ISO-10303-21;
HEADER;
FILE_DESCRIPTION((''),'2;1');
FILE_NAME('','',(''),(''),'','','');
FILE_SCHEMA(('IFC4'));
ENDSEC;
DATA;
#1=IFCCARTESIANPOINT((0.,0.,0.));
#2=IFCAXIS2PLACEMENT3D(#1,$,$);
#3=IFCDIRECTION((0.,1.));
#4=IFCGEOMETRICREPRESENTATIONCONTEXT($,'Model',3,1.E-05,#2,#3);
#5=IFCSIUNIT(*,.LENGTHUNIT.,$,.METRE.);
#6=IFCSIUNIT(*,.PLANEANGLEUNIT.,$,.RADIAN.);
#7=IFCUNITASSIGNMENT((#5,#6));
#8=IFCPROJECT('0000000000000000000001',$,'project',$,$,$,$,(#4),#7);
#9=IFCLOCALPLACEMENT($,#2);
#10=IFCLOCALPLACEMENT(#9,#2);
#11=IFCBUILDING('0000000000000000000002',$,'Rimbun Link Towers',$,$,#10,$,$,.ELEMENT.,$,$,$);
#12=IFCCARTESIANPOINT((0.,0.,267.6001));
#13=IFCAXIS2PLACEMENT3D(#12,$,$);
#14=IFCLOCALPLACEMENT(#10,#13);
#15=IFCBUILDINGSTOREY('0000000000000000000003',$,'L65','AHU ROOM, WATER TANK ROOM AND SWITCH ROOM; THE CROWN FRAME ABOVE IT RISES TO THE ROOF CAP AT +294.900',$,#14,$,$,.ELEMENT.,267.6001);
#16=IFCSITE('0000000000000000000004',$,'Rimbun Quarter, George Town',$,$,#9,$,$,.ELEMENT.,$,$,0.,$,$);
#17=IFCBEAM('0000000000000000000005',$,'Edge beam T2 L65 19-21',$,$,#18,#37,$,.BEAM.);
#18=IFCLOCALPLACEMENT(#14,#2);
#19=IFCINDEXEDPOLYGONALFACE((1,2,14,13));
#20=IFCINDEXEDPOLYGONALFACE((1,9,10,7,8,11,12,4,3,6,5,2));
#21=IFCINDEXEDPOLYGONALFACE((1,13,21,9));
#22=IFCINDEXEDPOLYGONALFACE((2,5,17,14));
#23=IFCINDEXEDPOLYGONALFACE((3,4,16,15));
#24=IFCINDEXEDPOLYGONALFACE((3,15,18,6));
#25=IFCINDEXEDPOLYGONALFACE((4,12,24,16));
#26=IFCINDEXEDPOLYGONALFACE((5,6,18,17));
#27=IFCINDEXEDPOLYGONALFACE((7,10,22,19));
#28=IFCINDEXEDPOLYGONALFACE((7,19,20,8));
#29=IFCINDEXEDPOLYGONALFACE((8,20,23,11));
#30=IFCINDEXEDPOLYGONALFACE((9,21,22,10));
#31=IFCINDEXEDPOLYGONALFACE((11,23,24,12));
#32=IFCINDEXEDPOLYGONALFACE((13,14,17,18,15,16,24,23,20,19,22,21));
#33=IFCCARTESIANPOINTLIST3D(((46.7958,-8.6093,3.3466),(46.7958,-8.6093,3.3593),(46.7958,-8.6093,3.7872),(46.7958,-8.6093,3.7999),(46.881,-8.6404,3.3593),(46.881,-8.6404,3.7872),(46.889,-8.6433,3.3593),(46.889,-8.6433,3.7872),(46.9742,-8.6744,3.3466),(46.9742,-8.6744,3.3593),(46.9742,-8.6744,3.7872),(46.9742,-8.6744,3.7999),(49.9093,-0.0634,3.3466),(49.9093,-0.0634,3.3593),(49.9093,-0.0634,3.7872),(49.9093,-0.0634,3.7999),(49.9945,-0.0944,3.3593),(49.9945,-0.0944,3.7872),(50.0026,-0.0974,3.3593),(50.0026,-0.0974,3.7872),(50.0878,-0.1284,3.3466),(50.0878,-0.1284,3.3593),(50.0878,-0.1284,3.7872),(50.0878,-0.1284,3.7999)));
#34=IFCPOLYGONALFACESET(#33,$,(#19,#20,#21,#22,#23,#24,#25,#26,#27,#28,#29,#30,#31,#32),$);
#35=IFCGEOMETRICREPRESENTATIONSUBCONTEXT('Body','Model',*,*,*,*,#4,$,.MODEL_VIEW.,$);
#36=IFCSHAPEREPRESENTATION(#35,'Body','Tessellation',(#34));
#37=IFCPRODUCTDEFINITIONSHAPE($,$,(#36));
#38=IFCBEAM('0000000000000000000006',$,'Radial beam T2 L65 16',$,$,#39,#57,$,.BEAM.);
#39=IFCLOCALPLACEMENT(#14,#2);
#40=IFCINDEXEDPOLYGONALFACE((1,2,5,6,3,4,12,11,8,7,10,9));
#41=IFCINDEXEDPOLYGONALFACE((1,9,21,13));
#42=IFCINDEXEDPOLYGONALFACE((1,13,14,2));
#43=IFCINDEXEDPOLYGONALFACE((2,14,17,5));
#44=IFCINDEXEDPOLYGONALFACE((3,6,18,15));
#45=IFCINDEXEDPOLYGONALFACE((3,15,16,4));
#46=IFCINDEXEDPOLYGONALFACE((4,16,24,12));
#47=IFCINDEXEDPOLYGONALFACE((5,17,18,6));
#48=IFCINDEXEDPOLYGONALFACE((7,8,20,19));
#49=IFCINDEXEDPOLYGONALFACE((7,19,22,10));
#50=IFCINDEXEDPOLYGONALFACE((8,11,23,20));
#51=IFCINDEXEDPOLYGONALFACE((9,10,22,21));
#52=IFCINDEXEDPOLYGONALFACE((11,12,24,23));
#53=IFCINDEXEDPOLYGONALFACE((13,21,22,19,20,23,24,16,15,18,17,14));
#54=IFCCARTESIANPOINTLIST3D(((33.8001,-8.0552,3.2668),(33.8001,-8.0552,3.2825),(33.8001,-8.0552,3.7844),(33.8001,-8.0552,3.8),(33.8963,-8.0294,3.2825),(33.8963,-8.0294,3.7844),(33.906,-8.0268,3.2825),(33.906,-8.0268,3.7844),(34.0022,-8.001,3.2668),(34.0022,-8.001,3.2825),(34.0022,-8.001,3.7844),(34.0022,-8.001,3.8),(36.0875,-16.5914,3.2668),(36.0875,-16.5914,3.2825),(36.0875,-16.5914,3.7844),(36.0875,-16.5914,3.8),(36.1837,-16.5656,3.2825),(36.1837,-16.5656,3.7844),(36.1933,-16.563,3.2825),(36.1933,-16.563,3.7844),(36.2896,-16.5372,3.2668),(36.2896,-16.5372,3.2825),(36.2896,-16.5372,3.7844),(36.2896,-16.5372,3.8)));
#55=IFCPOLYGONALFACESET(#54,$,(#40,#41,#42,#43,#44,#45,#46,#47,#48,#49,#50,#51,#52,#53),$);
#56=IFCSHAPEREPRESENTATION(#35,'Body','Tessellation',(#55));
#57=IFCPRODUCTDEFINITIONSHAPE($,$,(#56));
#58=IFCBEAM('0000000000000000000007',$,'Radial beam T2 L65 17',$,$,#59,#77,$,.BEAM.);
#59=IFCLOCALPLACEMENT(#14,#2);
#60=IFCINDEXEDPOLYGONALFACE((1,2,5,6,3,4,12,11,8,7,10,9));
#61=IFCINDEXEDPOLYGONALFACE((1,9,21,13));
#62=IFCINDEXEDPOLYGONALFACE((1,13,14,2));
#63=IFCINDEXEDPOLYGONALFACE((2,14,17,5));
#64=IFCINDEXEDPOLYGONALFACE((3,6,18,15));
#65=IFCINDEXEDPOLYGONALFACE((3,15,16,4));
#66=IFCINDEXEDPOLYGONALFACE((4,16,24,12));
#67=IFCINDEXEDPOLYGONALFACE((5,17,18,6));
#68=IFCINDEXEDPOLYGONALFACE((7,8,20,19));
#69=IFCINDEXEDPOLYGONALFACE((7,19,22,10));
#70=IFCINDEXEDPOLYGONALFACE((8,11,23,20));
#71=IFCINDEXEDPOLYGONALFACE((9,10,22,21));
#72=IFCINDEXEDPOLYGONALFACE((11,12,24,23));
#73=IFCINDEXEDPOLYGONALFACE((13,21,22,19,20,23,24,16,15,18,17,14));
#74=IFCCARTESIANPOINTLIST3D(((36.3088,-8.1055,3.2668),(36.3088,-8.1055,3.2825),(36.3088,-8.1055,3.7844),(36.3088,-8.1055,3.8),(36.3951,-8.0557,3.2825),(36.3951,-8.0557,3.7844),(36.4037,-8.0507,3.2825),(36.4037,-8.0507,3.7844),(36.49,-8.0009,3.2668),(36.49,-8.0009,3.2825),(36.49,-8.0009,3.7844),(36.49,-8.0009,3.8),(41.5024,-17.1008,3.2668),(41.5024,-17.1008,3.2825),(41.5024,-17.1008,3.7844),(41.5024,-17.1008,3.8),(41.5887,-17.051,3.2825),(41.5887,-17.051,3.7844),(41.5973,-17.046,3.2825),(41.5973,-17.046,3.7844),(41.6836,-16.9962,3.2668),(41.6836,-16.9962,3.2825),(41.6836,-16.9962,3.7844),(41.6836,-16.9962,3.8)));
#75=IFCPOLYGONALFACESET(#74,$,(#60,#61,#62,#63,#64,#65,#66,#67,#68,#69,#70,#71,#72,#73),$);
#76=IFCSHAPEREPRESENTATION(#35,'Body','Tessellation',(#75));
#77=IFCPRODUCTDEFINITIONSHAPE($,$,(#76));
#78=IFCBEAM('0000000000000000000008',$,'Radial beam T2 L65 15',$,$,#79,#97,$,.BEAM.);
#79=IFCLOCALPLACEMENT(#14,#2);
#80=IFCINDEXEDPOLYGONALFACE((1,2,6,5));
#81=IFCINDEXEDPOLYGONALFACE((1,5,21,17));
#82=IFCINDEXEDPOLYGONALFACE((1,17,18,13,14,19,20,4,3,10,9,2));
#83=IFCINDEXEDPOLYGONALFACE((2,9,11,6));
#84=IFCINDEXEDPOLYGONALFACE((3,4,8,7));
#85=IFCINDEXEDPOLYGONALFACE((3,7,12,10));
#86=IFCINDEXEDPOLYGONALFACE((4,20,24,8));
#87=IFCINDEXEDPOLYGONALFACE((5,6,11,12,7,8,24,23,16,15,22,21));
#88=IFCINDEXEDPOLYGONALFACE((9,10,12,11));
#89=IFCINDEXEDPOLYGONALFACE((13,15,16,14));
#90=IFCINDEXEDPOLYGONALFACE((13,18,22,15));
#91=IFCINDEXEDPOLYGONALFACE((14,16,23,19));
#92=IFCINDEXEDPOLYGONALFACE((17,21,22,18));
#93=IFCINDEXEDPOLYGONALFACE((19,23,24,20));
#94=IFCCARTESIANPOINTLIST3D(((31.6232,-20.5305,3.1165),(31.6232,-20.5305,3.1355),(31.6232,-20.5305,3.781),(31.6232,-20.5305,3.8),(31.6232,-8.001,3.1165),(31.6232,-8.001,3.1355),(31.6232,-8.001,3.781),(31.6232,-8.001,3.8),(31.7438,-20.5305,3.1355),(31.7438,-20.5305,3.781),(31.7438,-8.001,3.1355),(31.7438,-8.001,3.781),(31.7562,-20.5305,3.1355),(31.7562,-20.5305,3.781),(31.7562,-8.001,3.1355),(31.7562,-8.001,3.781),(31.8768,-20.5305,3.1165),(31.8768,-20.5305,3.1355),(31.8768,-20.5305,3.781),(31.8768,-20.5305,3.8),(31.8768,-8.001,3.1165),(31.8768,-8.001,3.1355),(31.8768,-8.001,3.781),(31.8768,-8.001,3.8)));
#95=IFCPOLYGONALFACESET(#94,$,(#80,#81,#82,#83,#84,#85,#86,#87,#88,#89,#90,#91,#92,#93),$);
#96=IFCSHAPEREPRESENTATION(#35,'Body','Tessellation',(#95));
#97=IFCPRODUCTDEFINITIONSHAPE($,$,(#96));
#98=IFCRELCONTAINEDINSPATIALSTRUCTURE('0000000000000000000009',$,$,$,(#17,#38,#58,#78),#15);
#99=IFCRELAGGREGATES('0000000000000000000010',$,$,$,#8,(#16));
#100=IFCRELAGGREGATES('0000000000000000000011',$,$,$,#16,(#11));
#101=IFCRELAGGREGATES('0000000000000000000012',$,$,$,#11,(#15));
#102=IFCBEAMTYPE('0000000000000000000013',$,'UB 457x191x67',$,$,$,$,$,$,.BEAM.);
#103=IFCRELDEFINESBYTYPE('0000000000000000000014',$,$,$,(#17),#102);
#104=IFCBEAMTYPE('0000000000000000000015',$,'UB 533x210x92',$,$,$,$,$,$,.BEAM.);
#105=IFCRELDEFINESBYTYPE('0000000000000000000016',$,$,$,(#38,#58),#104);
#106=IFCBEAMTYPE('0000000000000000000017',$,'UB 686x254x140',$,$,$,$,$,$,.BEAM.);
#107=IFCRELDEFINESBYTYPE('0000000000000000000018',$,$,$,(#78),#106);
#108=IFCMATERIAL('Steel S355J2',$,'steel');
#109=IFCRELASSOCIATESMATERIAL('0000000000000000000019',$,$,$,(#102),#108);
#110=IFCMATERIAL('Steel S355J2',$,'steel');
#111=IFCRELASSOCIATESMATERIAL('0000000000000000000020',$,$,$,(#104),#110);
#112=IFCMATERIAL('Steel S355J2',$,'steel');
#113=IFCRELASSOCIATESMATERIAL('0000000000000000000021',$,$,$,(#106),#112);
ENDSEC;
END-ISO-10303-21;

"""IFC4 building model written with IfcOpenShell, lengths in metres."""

from ifc_helpers import new_model, si_unit, direction, frame, origin, origin_2d, place, context, subcontext, project, spatial, i_section, extrude, material, material_profile, profile_set, type_object, element, save


model = new_model("IFC4")

# Units and contexts
model_context = context("Model", 3, precision=1e-05, world=origin(), true_north=direction((0.0, 1.0)))
body_context = subcontext(model_context, "Body", "Model", "MODEL_VIEW")
ifc_project = project(units=[si_unit("LENGTHUNIT", "METRE"), si_unit("PLANEANGLEUNIT", "RADIAN")], contexts=[model_context])

# Site, building, storey
site_placement = place(None, origin())
site = spatial("IfcSite", under=ifc_project, at=site_placement, Name="Rimbun Quarter, George Town", CompositionType="ELEMENT", RefElevation=0.0)
building_placement = place(site_placement, origin())
building = spatial("IfcBuilding", under=site, at=building_placement, Name="Rimbun Link Towers", CompositionType="ELEMENT")
storey_placement = place(building_placement, frame((0.0, 0.0, 267.6001)))
storey = spatial("IfcBuildingStorey", under=building, at=storey_placement, Name="L65", Description="AHU ROOM, WATER TANK ROOM AND SWITCH ROOM; THE CROWN FRAME ABOVE IT RISES TO THE ROOF CAP AT +294.900", CompositionType="ELEMENT", Elevation=267.6001)

# Beams
ifc_material_1 = material(Name="Steel S355J2", Category="steel")
ifc_material_profile_1 = material_profile(ifc_material_1, i_section(OverallWidth=0.1899, OverallDepth=0.4534, WebThickness=0.0085, FlangeThickness=0.0127, at=origin_2d()), Name="UB 457x191x67")
ifc_profile_set_1 = profile_set([ifc_material_profile_1], Name="Steel S355J2")
beam_type_1 = type_object("IfcBeamType", Name="UB 457x191x67", PredefinedType="BEAM", material=ifc_profile_set_1)
beam_1_placement = place(storey_placement, frame((46.885, -8.6418, 3.5732), z_axis=(0.342318, 0.939584, 0.0), x_axis=(-0.939584, 0.342318, 0.0)))
element("IfcBeam", 1, at=beam_1_placement, inside=storey, type_object=beam_type_1, Name="Edge beam T2 L65 19-21", PredefinedType="BEAM", context=body_context, shape_type="SweptSolid", body=[
    extrude(i_section(OverallWidth=0.1899, OverallDepth=0.4534, WebThickness=0.0085, FlangeThickness=0.0127, at=origin_2d()), origin(), (0.0, 0.0, 1.0), 9.0955),
])
ifc_material_2 = material(Name="Steel S355J2", Category="steel")
ifc_material_profile_2 = material_profile(ifc_material_2, i_section(OverallWidth=0.2092, OverallDepth=0.5332, WebThickness=0.01, FlangeThickness=0.0156, at=origin_2d()), Name="UB 533x210x92")
ifc_profile_set_2 = profile_set([ifc_material_profile_2], Name="Steel S355J2")
beam_type_2 = type_object("IfcBeamType", Name="UB 533x210x92", PredefinedType="BEAM", material=ifc_profile_set_2)
beam_2_placement = place(storey_placement, frame((33.9011, -8.0281, 3.5334), z_axis=(0.25883, -0.965923, 0.0), x_axis=(0.965923, 0.25883, 0.0)))
element("IfcBeam", 2, at=beam_2_placement, inside=storey, type_object=beam_type_2, Name="Radial beam T2 L65 16", PredefinedType="BEAM", context=body_context, shape_type="SweptSolid", body=[
    extrude(i_section(OverallWidth=0.2092, OverallDepth=0.5332, WebThickness=0.01, FlangeThickness=0.0156, at=origin_2d()), origin(), (0.0, 0.0, 1.0), 8.8374),
])
beam_3_placement = place(storey_placement, frame((36.3994, -8.0532, 3.5334), z_axis=(0.500009, -0.86602, 0.0), x_axis=(0.86602, 0.500009, 0.0)))
element("IfcBeam", 3, at=beam_3_placement, inside=storey, type_object=beam_type_2, Name="Radial beam T2 L65 17", PredefinedType="BEAM", context=body_context, shape_type="SweptSolid", body=[
    extrude(i_section(OverallWidth=0.2092, OverallDepth=0.5332, WebThickness=0.01, FlangeThickness=0.0156, at=origin_2d()), origin(), (0.0, 0.0, 1.0), 10.387),
])
ifc_material_3 = material(Name="Steel S355J2", Category="steel")
ifc_material_profile_3 = material_profile(ifc_material_3, i_section(OverallWidth=0.2537, OverallDepth=0.6836, WebThickness=0.0125, FlangeThickness=0.019, at=origin_2d()), Name="UB 686x254x140")
ifc_profile_set_3 = profile_set([ifc_material_profile_3], Name="Steel S355J2")
beam_type_3 = type_object("IfcBeamType", Name="UB 686x254x140", PredefinedType="BEAM", material=ifc_profile_set_3)
beam_4_placement = place(storey_placement, frame((31.75, -8.001, 3.4583), z_axis=(0.0, -1.0, 0.0), x_axis=(1.0, 0.0, 0.0)))
element("IfcBeam", 4, at=beam_4_placement, inside=storey, type_object=beam_type_3, Name="Radial beam T2 L65 15", PredefinedType="BEAM", context=body_context, shape_type="SweptSolid", body=[
    extrude(i_section(OverallWidth=0.2537, OverallDepth=0.6836, WebThickness=0.0125, FlangeThickness=0.019, at=origin_2d()), origin(), (0.0, 0.0, 1.0), 12.5295),
])

save(model, "model.ifc")
